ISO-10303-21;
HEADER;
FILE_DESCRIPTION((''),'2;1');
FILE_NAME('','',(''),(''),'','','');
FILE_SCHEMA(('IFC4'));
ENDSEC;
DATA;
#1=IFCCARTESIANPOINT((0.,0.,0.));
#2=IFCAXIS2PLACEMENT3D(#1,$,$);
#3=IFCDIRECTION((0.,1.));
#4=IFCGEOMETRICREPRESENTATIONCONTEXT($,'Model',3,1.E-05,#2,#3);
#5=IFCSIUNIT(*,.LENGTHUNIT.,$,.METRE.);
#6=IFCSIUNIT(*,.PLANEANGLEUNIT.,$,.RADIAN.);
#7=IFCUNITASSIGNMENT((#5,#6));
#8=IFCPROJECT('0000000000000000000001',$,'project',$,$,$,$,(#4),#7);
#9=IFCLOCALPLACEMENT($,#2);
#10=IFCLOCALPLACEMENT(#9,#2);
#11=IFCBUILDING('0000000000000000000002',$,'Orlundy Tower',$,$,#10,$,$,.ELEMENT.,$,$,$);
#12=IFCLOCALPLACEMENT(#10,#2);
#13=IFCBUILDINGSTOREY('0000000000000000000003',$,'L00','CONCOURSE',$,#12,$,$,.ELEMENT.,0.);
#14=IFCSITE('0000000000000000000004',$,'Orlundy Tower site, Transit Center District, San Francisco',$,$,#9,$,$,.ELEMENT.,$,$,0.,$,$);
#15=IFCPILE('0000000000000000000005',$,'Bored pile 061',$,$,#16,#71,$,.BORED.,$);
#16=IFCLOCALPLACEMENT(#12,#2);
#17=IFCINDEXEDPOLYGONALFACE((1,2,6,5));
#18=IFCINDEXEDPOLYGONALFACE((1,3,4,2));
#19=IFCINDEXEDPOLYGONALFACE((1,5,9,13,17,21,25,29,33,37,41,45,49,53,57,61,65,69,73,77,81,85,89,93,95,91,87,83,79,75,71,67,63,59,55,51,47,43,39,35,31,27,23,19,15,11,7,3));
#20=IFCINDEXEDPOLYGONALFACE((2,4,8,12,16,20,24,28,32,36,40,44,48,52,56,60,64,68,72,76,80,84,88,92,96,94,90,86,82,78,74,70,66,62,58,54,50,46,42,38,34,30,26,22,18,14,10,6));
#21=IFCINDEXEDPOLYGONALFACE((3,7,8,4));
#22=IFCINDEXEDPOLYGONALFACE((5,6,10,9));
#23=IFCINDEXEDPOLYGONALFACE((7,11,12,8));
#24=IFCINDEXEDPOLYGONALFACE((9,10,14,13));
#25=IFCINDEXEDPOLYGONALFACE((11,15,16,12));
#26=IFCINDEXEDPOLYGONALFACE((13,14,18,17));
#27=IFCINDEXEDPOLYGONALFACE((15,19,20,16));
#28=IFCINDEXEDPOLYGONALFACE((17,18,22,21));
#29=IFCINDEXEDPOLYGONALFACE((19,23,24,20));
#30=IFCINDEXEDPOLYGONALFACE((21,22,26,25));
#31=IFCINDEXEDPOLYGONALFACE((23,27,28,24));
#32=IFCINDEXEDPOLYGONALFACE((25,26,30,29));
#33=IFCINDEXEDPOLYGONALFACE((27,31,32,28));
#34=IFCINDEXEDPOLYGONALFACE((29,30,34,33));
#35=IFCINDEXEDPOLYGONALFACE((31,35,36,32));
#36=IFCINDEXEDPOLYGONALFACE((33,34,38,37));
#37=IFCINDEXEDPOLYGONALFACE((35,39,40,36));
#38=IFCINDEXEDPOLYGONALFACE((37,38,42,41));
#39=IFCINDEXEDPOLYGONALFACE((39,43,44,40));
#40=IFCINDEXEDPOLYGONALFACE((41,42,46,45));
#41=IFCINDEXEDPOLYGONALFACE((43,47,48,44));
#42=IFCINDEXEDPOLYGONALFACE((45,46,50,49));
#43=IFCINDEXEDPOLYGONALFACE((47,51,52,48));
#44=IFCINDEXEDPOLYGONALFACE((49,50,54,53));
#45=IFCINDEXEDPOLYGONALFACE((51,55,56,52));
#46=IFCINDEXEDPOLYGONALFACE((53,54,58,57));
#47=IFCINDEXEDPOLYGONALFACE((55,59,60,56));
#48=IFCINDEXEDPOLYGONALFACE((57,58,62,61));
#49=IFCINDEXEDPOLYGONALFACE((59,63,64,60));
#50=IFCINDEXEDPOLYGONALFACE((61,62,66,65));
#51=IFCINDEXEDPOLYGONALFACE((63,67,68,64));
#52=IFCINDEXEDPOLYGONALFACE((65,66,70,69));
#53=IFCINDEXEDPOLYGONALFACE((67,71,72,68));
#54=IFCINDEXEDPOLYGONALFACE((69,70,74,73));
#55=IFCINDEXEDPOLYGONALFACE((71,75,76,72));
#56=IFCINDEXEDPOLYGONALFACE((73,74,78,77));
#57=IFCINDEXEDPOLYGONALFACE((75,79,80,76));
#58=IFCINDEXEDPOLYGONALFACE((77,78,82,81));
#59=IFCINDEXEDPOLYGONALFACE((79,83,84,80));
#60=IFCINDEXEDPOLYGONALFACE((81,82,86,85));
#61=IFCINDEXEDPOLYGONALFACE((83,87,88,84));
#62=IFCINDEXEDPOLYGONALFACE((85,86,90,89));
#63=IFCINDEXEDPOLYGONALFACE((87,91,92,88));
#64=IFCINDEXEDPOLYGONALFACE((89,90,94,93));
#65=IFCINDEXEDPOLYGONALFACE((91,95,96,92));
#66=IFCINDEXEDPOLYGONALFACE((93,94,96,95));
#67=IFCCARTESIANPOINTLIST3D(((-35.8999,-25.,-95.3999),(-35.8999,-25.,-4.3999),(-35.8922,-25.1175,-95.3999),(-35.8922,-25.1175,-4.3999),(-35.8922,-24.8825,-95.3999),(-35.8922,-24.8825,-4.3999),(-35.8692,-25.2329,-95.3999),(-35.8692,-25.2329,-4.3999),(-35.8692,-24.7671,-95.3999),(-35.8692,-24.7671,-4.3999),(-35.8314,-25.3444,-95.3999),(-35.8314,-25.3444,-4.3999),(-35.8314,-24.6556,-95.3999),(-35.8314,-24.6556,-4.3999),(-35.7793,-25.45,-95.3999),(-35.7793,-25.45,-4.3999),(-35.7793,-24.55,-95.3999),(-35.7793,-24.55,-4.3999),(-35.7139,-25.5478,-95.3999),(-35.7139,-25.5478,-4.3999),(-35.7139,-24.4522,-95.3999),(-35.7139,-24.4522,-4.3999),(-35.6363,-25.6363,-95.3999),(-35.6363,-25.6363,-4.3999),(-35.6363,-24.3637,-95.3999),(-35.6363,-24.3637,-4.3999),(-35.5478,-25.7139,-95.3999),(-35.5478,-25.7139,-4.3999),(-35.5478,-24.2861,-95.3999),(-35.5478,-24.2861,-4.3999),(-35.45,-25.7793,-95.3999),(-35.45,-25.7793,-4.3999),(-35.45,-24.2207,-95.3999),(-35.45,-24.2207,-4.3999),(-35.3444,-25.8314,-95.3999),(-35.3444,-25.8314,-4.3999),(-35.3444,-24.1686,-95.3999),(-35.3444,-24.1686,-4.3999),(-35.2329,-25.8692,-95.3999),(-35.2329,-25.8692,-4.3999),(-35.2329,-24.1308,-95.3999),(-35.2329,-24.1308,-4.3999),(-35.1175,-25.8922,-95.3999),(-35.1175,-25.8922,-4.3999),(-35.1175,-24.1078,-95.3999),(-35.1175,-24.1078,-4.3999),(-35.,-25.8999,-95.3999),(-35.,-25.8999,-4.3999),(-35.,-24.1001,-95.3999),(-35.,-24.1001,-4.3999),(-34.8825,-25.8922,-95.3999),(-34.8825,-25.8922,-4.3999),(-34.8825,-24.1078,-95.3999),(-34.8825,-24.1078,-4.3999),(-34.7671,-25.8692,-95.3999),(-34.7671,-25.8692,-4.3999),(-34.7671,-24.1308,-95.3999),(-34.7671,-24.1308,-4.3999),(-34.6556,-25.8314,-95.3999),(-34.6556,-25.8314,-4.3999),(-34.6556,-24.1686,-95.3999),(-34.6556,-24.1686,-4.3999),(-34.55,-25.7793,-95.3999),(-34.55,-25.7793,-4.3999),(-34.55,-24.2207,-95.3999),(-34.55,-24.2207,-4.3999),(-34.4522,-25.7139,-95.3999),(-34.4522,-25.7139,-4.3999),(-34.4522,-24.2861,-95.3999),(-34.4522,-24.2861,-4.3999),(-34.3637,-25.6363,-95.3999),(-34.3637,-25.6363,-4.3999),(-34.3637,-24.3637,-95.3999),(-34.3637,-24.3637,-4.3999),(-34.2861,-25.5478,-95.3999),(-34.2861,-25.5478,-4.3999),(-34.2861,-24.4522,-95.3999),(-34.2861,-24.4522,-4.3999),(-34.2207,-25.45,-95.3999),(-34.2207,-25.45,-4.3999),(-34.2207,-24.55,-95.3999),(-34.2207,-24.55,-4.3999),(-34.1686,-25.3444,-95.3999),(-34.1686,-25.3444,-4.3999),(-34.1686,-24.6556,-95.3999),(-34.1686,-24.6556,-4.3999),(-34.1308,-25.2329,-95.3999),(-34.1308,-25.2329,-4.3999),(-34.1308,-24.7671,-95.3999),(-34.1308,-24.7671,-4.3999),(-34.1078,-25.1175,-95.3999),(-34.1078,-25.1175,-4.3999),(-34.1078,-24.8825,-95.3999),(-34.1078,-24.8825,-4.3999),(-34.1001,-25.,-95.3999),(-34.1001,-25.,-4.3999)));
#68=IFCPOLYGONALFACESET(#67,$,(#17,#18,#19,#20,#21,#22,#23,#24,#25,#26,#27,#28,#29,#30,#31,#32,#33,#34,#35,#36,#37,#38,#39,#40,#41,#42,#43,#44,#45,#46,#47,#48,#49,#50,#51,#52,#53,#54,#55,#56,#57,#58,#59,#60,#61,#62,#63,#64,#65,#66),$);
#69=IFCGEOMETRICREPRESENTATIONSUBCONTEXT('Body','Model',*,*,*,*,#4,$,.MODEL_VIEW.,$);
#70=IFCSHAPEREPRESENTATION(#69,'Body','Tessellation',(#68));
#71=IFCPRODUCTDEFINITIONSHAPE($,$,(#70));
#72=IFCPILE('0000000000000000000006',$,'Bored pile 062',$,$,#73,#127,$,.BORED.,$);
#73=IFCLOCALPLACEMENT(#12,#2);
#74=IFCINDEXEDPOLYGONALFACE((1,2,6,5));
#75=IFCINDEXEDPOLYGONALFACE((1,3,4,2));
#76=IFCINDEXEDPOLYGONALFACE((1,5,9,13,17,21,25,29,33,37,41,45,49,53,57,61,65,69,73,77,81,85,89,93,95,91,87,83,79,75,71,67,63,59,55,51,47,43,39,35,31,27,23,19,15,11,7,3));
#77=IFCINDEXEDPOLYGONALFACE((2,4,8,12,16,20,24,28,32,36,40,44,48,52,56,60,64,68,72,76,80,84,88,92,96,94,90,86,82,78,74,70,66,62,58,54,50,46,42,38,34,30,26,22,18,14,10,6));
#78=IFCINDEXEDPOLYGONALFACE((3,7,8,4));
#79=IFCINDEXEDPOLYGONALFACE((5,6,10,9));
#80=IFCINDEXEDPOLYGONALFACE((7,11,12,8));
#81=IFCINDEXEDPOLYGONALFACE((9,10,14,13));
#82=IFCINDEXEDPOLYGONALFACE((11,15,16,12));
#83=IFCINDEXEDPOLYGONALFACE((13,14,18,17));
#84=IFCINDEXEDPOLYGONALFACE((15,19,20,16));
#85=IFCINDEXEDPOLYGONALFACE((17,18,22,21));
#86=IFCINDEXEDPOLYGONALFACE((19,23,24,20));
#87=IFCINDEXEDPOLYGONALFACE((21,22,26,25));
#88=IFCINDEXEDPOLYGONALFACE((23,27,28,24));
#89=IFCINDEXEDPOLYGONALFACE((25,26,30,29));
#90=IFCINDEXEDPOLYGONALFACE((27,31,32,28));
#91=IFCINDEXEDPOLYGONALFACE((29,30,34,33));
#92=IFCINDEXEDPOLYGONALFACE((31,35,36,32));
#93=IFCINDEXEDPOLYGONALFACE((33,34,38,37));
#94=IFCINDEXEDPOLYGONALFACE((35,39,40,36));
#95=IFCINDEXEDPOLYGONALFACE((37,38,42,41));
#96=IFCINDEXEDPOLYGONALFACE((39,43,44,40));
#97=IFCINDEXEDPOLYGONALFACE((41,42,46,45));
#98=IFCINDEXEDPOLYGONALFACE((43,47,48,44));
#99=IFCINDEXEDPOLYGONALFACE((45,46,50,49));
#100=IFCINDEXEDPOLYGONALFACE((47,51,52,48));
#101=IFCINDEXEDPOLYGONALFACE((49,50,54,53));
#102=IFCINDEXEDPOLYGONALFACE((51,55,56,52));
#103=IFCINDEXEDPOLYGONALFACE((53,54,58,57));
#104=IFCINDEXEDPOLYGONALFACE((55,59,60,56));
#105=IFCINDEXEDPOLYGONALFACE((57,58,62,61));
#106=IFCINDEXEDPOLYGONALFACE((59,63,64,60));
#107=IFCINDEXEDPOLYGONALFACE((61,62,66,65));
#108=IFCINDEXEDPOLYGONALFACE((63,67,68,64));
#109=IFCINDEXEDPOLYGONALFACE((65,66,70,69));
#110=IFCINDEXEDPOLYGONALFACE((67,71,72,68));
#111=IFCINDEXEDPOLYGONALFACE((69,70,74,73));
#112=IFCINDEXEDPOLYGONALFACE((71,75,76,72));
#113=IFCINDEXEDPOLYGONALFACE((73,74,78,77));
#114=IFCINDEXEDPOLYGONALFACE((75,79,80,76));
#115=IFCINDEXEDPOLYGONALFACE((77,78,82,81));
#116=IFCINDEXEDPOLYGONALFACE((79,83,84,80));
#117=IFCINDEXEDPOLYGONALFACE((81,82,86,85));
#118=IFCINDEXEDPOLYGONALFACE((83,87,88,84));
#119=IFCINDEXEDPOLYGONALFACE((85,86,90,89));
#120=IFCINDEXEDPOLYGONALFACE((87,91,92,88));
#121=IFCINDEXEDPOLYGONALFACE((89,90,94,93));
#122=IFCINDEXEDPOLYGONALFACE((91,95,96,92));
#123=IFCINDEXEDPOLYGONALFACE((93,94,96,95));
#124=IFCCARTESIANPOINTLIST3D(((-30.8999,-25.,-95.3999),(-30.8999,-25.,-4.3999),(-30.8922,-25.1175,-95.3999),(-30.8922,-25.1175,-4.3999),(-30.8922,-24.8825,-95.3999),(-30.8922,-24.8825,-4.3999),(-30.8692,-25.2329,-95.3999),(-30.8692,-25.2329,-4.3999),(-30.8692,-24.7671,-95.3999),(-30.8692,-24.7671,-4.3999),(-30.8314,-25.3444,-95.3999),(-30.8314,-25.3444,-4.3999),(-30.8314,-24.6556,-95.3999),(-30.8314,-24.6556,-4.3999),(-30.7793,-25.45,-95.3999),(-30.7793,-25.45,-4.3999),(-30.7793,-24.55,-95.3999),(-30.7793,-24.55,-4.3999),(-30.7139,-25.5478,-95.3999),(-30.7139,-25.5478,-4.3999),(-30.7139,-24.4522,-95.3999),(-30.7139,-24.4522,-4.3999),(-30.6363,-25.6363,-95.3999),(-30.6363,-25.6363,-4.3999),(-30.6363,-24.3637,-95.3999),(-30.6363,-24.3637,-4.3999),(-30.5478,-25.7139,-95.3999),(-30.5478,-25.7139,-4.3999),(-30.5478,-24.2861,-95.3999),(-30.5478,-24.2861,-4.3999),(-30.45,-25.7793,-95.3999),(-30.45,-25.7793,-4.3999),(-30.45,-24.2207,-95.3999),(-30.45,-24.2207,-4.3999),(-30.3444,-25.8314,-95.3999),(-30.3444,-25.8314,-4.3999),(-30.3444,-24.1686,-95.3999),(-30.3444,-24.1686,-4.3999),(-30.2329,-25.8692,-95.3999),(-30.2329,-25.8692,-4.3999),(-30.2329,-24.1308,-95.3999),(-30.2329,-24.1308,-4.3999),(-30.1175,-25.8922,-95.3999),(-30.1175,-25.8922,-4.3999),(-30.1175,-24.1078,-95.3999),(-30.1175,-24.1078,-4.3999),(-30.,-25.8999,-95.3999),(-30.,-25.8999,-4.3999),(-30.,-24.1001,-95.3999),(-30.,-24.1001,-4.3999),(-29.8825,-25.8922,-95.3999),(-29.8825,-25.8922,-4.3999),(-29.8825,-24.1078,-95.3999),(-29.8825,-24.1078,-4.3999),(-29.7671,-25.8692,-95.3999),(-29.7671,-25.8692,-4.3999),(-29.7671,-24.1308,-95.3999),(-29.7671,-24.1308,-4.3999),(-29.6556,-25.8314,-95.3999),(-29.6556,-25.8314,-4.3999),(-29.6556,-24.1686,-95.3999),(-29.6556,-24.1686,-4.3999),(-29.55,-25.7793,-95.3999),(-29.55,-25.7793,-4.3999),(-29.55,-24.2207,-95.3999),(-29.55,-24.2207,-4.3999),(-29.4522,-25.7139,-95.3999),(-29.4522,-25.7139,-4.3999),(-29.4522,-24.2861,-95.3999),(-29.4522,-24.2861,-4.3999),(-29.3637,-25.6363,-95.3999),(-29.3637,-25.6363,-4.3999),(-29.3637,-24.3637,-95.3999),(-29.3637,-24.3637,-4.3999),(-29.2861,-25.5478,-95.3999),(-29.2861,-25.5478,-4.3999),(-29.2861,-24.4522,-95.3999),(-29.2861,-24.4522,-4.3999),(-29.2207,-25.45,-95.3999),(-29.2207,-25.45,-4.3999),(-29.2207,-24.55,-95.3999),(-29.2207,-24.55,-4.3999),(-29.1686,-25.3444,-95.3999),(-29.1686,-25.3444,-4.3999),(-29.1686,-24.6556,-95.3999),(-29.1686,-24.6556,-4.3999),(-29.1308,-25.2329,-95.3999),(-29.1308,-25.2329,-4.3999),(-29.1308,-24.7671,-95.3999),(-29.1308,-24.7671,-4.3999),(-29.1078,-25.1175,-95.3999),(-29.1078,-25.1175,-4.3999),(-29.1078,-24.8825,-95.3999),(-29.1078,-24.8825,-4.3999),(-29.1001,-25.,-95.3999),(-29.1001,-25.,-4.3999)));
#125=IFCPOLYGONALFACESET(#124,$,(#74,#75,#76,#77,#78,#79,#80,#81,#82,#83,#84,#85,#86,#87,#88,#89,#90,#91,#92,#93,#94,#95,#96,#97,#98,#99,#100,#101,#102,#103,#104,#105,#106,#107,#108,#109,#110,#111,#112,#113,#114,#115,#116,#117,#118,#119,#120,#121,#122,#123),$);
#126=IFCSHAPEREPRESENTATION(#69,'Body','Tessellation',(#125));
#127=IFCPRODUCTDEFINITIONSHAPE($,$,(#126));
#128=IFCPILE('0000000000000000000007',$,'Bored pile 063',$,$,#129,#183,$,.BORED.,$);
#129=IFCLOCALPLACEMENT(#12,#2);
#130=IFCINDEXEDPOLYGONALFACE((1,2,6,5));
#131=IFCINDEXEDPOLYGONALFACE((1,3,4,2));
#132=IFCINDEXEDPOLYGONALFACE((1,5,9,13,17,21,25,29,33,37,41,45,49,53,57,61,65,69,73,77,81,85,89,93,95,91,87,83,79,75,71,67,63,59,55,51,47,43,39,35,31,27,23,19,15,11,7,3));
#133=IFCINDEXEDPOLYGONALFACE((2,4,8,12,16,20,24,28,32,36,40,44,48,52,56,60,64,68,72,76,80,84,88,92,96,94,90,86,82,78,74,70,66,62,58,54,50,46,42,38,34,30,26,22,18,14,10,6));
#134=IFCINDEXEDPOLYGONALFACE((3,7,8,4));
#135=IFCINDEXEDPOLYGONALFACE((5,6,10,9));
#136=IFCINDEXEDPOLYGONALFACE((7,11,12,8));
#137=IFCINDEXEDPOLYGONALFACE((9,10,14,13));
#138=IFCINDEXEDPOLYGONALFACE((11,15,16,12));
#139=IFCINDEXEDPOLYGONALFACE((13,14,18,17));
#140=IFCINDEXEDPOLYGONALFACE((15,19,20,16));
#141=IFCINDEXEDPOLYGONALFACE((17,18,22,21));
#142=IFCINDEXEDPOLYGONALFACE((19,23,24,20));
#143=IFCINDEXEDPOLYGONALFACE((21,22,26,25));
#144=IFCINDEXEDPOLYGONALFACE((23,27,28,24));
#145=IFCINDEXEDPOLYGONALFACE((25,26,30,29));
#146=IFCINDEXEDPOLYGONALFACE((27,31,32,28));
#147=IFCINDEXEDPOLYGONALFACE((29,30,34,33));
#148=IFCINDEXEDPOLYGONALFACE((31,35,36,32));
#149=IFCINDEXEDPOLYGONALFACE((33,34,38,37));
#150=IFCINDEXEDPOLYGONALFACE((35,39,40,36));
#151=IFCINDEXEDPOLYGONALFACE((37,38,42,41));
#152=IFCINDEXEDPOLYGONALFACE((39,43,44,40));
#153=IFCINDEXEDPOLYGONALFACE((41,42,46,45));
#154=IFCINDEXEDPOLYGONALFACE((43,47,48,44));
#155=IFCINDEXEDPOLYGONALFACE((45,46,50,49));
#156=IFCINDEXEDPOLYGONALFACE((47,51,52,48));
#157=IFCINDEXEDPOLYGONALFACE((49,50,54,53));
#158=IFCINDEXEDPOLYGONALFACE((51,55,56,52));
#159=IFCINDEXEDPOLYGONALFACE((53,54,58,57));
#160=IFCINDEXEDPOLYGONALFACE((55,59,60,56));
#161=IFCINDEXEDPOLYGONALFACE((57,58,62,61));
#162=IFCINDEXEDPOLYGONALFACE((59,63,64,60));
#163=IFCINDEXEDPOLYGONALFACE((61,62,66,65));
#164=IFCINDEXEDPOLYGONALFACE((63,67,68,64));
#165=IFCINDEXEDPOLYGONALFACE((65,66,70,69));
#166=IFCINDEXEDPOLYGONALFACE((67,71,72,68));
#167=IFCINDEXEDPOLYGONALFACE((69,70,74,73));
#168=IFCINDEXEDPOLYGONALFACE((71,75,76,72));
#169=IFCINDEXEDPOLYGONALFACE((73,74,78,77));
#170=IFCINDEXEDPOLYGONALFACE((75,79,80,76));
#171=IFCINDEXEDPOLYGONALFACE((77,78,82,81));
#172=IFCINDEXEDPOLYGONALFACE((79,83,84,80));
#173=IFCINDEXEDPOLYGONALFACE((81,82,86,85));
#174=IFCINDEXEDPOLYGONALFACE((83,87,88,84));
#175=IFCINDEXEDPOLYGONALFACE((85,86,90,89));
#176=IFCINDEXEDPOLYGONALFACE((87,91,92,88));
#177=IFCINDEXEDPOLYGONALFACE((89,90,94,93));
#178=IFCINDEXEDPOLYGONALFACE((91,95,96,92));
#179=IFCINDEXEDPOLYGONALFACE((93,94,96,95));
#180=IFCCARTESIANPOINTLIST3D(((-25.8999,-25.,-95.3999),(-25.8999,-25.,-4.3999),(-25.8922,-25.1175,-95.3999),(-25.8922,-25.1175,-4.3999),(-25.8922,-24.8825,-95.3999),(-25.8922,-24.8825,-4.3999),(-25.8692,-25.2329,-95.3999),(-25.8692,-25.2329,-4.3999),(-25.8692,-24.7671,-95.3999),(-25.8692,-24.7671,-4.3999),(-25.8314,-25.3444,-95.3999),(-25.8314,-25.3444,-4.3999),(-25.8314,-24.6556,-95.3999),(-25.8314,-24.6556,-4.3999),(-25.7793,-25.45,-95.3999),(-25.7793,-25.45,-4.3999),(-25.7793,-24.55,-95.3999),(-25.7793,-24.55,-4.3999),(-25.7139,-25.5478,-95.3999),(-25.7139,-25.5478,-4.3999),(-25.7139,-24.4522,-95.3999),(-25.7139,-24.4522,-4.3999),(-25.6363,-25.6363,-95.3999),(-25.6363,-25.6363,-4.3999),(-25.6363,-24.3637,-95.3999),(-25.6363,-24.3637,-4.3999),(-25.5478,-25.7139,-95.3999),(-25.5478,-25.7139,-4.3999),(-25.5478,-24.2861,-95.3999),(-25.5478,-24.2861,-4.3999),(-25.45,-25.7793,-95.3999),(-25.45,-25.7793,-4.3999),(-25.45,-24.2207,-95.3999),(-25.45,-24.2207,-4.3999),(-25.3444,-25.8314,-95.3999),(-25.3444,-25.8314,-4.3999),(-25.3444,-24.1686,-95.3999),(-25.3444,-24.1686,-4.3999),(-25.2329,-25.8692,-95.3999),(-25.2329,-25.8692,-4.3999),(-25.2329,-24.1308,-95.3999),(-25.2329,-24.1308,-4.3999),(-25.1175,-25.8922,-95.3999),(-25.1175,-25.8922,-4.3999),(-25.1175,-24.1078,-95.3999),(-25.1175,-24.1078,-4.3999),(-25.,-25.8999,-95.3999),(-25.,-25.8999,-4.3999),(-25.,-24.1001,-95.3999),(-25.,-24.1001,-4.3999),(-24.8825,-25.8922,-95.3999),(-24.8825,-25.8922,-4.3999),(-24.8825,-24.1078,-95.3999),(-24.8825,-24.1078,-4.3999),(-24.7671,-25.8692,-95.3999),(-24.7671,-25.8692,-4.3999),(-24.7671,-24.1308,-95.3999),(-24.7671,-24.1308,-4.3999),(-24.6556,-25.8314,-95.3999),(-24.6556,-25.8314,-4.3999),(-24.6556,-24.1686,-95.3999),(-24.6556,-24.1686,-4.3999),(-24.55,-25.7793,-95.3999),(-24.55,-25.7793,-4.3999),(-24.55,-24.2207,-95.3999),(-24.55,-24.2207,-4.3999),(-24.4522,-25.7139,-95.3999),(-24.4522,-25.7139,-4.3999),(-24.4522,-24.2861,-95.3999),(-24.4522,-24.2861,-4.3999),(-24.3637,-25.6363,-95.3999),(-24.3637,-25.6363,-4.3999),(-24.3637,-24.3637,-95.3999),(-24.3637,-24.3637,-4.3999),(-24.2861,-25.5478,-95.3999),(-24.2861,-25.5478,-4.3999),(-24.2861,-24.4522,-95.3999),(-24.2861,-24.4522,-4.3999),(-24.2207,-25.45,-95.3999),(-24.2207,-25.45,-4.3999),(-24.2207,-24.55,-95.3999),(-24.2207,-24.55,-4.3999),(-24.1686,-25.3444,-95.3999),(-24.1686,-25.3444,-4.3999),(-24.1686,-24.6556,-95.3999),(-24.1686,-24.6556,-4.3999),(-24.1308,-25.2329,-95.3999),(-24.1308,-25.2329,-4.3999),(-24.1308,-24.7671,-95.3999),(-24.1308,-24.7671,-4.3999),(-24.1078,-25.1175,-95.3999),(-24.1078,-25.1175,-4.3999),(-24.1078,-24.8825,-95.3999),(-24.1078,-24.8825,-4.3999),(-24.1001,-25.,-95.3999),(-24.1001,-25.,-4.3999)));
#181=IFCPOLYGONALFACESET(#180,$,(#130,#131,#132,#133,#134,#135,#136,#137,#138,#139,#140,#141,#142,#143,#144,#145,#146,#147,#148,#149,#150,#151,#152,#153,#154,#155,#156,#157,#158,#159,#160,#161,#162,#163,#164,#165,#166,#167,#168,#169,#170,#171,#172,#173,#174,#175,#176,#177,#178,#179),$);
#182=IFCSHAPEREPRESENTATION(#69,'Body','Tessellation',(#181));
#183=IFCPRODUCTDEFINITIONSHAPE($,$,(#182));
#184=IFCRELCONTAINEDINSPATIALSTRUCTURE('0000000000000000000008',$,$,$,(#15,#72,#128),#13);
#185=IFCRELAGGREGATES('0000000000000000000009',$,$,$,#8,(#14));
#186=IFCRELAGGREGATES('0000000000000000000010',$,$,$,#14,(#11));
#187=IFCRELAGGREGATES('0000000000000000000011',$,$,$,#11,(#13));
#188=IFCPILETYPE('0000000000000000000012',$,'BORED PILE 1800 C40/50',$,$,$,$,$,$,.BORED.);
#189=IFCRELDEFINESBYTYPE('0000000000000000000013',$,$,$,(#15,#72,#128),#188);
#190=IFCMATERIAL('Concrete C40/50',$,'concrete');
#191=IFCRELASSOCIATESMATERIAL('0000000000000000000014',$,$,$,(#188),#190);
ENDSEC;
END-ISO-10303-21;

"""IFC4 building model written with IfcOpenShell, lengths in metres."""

from ifc_helpers import new_model, si_unit, direction, frame, origin, origin_2d, place, context, subcontext, project, spatial, circle, extrude, material, material_profile, profile_set, type_object, element, save


model = new_model("IFC4")

# Units and contexts
model_context = context("Model", 3, precision=1e-05, world=origin(), true_north=direction((0.0, 1.0)))
body_context = subcontext(model_context, "Body", "Model", "MODEL_VIEW")
ifc_project = project(units=[si_unit("LENGTHUNIT", "METRE"), si_unit("PLANEANGLEUNIT", "RADIAN")], contexts=[model_context])

# Site, building, storey
site_placement = place(None, origin())
site = spatial("IfcSite", under=ifc_project, at=site_placement, Name="Orlundy Tower site, Transit Center District, San Francisco", CompositionType="ELEMENT", RefElevation=0.0)
building_placement = place(site_placement, origin())
building = spatial("IfcBuilding", under=site, at=building_placement, Name="Orlundy Tower", CompositionType="ELEMENT")
storey_placement = place(building_placement, origin())
storey = spatial("IfcBuildingStorey", under=building, at=storey_placement, Name="L00", Description="CONCOURSE", CompositionType="ELEMENT", Elevation=0.0)

# Piles
ifc_material_1 = material(Name="Concrete C40/50", Category="concrete")
ifc_material_profile_1 = material_profile(ifc_material_1, circle(Radius=0.8999, at=origin_2d()), Name="BP1800")
ifc_profile_set_1 = profile_set([ifc_material_profile_1], Name="Concrete C40/50")
pile_type = type_object("IfcPileType", Name="BORED PILE 1800 C40/50", PredefinedType="BORED", material=ifc_profile_set_1)
for number, where, z_axis, x_axis, name in (
    (1, (-35.0, -25.0, -4.3999), (0.0, 0.0, -1.0), (1.0, 0.0, 0.0), "Bored pile 061"),
    (2, (-30.0, -25.0, -4.3999), (0.0, 0.0, -1.0), (1.0, 0.0, 0.0), "Bored pile 062"),
    (3, (-25.0, -25.0, -4.3999), (0.0, 0.0, -1.0), (1.0, 0.0, 0.0), "Bored pile 063"),
):
    element("IfcPile", number, at=place(storey_placement, frame(where, z_axis=z_axis, x_axis=x_axis)), inside=storey, type_object=pile_type, Name=name, PredefinedType="BORED", context=body_context, shape_type="SweptSolid", body=[
        extrude(circle(Radius=0.8999, at=origin_2d()), origin(), (0.0, 0.0, 1.0), 91.0),
    ])

save(model, "model.ifc")
